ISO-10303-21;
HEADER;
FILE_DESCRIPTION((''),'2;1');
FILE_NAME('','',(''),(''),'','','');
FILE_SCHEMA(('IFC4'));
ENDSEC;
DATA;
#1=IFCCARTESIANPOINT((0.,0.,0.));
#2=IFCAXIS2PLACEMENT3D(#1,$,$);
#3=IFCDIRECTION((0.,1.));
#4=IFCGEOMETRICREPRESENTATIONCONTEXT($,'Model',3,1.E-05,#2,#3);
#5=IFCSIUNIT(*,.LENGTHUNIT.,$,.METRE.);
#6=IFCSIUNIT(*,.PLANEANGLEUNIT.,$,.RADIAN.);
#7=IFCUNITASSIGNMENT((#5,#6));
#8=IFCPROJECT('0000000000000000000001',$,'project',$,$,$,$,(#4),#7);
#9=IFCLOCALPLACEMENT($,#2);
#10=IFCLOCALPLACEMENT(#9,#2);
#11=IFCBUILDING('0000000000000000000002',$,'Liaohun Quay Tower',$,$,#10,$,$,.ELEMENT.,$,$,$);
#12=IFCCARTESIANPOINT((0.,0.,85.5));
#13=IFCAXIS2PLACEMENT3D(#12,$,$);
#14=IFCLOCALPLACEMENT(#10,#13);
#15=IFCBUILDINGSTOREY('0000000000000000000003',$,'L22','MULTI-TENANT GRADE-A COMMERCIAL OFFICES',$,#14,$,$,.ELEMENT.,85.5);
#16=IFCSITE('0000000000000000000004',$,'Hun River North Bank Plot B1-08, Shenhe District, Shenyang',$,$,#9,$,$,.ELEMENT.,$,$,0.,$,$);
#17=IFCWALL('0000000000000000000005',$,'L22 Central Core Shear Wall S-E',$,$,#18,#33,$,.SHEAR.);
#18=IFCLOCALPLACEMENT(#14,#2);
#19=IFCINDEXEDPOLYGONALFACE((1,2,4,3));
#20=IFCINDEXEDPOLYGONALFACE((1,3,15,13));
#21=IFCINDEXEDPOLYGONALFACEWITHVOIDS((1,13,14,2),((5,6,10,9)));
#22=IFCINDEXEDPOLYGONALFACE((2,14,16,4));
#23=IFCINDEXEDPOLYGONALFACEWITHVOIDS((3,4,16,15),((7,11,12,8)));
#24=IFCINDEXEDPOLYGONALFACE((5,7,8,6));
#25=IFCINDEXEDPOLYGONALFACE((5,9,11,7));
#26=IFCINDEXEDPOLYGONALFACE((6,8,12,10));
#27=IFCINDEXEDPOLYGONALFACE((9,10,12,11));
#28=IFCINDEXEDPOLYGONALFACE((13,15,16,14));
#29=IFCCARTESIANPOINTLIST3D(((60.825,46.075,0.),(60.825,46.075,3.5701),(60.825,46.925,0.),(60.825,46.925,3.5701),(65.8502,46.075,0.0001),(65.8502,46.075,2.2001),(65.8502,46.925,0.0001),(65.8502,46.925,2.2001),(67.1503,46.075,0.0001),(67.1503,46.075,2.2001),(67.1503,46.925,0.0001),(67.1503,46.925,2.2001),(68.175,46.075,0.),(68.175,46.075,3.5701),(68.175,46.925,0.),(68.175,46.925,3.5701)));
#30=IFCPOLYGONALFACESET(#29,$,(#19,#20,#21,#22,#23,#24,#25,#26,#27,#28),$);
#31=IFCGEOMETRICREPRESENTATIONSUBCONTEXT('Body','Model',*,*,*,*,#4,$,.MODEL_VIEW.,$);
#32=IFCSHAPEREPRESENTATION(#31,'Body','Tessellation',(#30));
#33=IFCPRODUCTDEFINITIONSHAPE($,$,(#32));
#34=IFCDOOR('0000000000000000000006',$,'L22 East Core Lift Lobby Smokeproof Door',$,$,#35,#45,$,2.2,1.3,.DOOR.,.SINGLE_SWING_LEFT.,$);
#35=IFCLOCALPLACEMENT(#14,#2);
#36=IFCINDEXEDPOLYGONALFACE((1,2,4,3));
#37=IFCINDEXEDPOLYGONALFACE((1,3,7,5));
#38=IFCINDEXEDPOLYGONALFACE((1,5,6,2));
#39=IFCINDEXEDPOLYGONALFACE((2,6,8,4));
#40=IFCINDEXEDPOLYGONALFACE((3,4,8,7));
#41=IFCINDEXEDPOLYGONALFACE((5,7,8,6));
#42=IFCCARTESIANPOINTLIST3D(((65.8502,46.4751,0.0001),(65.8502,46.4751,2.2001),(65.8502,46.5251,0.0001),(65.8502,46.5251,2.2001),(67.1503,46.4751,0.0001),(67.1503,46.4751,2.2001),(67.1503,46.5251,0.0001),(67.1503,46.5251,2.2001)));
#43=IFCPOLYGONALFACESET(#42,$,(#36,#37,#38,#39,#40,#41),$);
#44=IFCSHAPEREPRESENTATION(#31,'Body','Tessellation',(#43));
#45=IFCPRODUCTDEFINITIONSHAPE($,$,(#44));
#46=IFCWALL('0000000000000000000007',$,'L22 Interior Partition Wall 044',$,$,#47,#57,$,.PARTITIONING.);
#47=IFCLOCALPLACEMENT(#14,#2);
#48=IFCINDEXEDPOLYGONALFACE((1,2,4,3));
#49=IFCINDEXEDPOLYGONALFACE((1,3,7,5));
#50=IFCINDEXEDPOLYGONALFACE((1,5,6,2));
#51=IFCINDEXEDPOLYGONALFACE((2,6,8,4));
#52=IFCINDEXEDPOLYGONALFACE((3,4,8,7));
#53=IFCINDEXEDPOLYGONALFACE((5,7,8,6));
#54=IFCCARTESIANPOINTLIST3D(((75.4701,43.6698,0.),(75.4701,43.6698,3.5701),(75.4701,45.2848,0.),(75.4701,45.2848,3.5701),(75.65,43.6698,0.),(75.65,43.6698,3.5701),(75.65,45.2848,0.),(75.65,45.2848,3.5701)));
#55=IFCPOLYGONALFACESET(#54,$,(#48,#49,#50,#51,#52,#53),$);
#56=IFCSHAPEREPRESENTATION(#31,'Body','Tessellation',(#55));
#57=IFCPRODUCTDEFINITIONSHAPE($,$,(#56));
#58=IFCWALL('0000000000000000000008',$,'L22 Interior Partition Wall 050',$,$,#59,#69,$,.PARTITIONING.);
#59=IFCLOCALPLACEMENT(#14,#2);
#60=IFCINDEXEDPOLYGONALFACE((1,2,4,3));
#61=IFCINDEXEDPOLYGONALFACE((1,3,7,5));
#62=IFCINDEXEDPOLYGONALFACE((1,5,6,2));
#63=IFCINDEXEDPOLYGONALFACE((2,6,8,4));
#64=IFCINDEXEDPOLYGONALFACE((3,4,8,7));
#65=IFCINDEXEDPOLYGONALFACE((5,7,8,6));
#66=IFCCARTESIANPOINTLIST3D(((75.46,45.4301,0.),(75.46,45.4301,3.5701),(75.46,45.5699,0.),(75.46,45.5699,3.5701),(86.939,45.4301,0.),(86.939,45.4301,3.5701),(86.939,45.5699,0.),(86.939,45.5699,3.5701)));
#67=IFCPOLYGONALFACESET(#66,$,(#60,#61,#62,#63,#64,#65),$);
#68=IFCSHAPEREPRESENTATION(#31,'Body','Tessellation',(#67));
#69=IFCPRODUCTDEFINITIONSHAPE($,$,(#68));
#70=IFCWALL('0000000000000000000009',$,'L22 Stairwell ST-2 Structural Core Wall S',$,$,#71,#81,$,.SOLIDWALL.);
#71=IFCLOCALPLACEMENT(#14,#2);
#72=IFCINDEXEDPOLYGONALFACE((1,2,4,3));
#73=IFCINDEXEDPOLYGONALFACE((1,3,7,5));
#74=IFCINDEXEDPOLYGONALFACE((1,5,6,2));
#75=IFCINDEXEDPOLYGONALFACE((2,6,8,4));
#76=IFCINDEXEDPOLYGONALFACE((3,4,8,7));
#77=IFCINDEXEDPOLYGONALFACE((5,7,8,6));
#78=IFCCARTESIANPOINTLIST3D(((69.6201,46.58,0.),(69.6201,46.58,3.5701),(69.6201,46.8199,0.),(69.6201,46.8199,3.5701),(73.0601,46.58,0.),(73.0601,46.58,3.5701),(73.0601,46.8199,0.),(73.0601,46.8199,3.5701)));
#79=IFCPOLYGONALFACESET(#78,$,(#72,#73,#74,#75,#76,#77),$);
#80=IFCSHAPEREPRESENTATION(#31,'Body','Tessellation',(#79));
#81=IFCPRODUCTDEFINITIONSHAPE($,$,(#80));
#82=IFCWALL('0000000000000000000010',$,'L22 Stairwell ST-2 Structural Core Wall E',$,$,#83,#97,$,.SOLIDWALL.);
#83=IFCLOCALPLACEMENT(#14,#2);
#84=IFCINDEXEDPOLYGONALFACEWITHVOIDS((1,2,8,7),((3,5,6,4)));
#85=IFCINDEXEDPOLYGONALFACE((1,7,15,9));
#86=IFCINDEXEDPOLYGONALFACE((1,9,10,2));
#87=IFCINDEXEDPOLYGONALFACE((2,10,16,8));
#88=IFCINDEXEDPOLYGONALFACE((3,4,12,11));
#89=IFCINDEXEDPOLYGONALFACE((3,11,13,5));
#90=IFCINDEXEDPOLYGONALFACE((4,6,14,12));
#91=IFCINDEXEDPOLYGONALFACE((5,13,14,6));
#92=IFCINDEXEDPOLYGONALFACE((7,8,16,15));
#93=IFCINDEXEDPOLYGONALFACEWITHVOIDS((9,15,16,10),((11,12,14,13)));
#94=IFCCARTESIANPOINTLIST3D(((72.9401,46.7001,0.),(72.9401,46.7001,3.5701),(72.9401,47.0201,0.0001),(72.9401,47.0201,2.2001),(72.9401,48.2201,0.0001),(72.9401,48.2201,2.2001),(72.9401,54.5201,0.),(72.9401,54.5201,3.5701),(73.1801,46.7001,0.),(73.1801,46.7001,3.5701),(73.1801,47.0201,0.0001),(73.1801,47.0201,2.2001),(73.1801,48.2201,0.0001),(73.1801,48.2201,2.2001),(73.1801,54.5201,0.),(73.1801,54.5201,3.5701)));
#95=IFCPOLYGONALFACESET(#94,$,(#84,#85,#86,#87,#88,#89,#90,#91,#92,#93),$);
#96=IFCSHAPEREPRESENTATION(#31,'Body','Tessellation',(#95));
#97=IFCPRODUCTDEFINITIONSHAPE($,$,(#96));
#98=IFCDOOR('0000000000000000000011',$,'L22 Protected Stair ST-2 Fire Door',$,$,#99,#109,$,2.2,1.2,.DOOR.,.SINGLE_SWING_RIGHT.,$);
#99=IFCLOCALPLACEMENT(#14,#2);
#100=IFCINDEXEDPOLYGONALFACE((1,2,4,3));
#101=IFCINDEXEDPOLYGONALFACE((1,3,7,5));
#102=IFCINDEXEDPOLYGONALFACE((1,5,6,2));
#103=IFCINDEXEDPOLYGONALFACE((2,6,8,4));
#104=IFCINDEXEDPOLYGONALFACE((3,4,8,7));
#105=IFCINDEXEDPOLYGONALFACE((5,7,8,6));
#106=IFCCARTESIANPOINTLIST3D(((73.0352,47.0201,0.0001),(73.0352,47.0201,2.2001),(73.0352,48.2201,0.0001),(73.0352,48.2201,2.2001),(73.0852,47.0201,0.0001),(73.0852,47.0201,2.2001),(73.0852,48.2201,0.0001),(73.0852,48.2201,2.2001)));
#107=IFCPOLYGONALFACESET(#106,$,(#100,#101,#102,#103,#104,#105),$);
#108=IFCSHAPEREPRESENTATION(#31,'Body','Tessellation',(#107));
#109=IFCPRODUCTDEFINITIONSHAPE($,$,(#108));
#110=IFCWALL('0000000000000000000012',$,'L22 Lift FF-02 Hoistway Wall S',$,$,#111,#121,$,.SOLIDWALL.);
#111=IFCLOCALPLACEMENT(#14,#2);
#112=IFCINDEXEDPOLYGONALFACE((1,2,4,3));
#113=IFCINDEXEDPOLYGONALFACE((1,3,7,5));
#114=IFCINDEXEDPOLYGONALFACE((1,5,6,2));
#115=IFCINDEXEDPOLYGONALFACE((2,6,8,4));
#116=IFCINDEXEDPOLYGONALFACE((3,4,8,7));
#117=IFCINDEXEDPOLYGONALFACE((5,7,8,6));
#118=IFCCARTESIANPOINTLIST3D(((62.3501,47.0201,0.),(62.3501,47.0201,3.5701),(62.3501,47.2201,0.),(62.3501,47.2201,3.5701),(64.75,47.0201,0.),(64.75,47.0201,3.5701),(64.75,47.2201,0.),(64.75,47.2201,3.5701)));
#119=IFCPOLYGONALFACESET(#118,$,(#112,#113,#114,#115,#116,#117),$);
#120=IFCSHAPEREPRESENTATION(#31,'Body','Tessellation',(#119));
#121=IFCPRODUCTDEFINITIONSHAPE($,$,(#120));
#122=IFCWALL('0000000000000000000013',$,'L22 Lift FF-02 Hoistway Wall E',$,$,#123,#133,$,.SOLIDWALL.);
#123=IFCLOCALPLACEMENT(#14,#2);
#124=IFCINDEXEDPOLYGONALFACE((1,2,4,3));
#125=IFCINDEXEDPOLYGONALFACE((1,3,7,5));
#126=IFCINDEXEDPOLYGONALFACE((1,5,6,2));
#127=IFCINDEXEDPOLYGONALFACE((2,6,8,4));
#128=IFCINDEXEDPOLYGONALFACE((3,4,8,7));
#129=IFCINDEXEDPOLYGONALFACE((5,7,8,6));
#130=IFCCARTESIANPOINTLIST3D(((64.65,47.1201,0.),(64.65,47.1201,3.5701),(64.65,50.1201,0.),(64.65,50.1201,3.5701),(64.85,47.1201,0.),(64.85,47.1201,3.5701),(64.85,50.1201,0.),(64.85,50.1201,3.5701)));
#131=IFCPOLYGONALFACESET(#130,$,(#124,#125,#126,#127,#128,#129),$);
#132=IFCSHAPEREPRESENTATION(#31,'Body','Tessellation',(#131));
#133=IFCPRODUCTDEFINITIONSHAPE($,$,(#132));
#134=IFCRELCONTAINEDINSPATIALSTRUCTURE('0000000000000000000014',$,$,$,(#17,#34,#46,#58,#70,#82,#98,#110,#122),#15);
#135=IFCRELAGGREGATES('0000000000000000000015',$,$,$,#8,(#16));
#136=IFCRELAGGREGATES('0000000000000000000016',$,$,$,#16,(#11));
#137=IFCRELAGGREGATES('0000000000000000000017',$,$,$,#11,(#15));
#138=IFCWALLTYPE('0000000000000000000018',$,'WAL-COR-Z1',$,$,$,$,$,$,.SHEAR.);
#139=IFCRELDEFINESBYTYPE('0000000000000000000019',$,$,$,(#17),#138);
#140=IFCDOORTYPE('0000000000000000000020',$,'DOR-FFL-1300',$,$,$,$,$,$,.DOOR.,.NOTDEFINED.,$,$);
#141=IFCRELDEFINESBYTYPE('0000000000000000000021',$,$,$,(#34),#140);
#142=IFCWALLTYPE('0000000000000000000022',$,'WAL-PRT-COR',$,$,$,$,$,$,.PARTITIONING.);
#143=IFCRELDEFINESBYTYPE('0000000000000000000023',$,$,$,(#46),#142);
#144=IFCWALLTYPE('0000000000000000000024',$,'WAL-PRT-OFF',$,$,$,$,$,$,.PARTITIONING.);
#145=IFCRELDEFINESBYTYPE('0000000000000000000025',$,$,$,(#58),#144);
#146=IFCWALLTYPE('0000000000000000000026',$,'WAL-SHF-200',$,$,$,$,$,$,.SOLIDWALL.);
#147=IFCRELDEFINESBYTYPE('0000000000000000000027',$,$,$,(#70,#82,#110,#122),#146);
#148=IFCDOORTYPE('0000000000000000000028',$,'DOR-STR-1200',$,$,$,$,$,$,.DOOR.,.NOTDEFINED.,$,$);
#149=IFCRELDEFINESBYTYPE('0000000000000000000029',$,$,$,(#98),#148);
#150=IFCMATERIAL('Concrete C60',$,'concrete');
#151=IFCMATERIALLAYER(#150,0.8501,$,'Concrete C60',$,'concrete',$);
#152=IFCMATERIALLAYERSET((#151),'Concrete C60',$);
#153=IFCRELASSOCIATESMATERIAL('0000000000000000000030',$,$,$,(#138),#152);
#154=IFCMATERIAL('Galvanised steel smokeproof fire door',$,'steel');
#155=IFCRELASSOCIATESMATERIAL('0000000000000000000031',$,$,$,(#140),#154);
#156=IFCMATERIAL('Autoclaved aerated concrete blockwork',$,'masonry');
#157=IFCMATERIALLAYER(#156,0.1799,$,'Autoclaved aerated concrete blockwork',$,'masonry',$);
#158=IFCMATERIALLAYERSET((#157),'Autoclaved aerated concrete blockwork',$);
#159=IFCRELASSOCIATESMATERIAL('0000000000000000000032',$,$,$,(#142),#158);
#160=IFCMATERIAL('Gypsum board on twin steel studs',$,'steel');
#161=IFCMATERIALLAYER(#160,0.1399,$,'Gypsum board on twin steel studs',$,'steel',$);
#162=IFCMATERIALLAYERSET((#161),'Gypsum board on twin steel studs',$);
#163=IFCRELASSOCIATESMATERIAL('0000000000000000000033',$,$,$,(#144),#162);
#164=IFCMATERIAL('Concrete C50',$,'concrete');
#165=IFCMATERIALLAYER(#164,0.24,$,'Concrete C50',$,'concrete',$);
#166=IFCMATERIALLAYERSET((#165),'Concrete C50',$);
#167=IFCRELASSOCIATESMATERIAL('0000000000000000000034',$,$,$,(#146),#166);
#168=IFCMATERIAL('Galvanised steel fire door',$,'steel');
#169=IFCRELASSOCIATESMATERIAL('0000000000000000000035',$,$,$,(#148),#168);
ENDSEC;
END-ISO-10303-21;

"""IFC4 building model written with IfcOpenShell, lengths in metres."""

from ifc_helpers import new_model, si_unit, direction, frame, frame_2d, origin, place, context, subcontext, project, spatial, rectangle, extrude, source, transform, mapped, material, layer, layer_set, type_object, element, fill, save


model = new_model("IFC4")

# Units and contexts
model_context = context("Model", 3, precision=1e-05, world=origin(), true_north=direction((0.0, 1.0)))
body_context = subcontext(model_context, "Body", "Model", "MODEL_VIEW")
ifc_project = project(units=[si_unit("LENGTHUNIT", "METRE"), si_unit("PLANEANGLEUNIT", "RADIAN")], contexts=[model_context])

# Site, building, storey
site_placement = place(None, origin())
site = spatial("IfcSite", under=ifc_project, at=site_placement, Name="Hun River North Bank Plot B1-08, Shenhe District, Shenyang", CompositionType="ELEMENT", RefElevation=0.0)
building_placement = place(site_placement, origin())
building = spatial("IfcBuilding", under=site, at=building_placement, Name="Liaohun Quay Tower", CompositionType="ELEMENT")
storey_placement = place(building_placement, frame((0.0, 0.0, 85.5)))
storey = spatial("IfcBuildingStorey", under=building, at=storey_placement, Name="L22", Description="MULTI-TENANT GRADE-A COMMERCIAL OFFICES", CompositionType="ELEMENT", Elevation=85.5)

# Shared definitions
ifc_material_1 = material(Name="Concrete C60", Category="concrete")

# Wall, opening, door
ifc_layer_1 = layer(ifc_material_1, 0.8501, Name="Concrete C60", Category="concrete")
ifc_layer_set_1 = layer_set([ifc_layer_1], Name="Concrete C60")
wall_type_1 = type_object("IfcWallType", Name="WAL-COR-Z1", PredefinedType="SHEAR", material=ifc_layer_set_1)
wall_1_placement = place(storey_placement, frame((68.175, 46.5, 0.0), z_axis=(0.0, 0.0, 1.0), x_axis=(-1.0, 0.0, 0.0)))
wall_1 = element("IfcWall", 1, at=wall_1_placement, inside=storey, type_object=wall_type_1, Name="L22 Central Core Shear Wall S-E", PredefinedType="SHEAR", context=body_context, shape_type="SweptSolid", body=[
    extrude(rectangle(XDim=7.3501, YDim=0.8501, at=frame_2d((3.675, 0.0))), origin(), (0.0, 0.0, 1.0), 3.5701),
])
shared_shape_1 = source(origin(), body_context, "Body", "SweptSolid", [
    extrude(rectangle(XDim=1.3, YDim=2.2, at=frame_2d((0.6499, 1.1001))), frame((0.0, 0.4351, 0.0), z_axis=(0.0, -1.0, 0.0), x_axis=(1.0, 0.0, 0.0)), (0.0, 0.0, 1.0), 0.8701),
])
opening_1_placement = place(wall_1_placement, frame((1.0249, 0.0, 0.0)))
opening_1 = element("IfcOpeningElement", 2, at=opening_1_placement, cuts=wall_1, PredefinedType="OPENING", context=body_context, shape_type="MappedRepresentation", body=[
    mapped(shared_shape_1, transform((0.0, 0.0, 0.0), x_axis=(1.0, 0.0, 0.0), y_axis=(0.0, 1.0, 0.0), z_axis=(0.0, 0.0, 1.0), scale=1.0)),
])
ifc_material_2 = material(Name="Galvanised steel smokeproof fire door", Category="steel")
door_type_1 = type_object("IfcDoorType", Name="DOR-FFL-1300", OperationType="NOTDEFINED", PredefinedType="DOOR", material=ifc_material_2)
shared_shape_2 = source(origin(), body_context, "Body", "SweptSolid", [
    extrude(rectangle(XDim=1.3, YDim=2.2, at=frame_2d((0.6499, 1.1001))), frame((0.0, 0.0249, 0.0), z_axis=(0.0, -1.0, 0.0), x_axis=(1.0, 0.0, 0.0)), (0.0, 0.0, 1.0), 0.05),
])
door_1_placement = place(opening_1_placement, origin())
door_1 = element("IfcDoor", 3, at=door_1_placement, inside=storey, type_object=door_type_1, Name="L22 East Core Lift Lobby Smokeproof Door", OperationType="SINGLE_SWING_LEFT", OverallHeight=2.2, OverallWidth=1.3, PredefinedType="DOOR", context=body_context, shape_type="MappedRepresentation", body=[
    mapped(shared_shape_2, transform((0.0, 0.0, 0.0), x_axis=(1.0, 0.0, 0.0), y_axis=(0.0, 1.0, 0.0), z_axis=(0.0, 0.0, 1.0), scale=1.0)),
])
fill(opening_1, door_1)

# Walls
ifc_material_3 = material(Name="Autoclaved aerated concrete blockwork", Category="masonry")
ifc_layer_2 = layer(ifc_material_3, 0.1799, Name="Autoclaved aerated concrete blockwork", Category="masonry")
ifc_layer_set_2 = layer_set([ifc_layer_2], Name="Autoclaved aerated concrete blockwork")
wall_type_2 = type_object("IfcWallType", Name="WAL-PRT-COR", PredefinedType="PARTITIONING", material=ifc_layer_set_2)
wall_2_placement = place(storey_placement, frame((75.5601, 45.2849, 0.0), z_axis=(0.0, 0.0, 1.0), x_axis=(0.0, -1.0, 0.0)))
element("IfcWall", 4, at=wall_2_placement, inside=storey, type_object=wall_type_2, Name="L22 Interior Partition Wall 044", PredefinedType="PARTITIONING", context=body_context, shape_type="SweptSolid", body=[
    extrude(rectangle(XDim=1.615, YDim=0.1799, at=frame_2d((0.8076, 0.0))), origin(), (0.0, 0.0, 1.0), 3.5701),
])
ifc_material_4 = material(Name="Gypsum board on twin steel studs", Category="steel")
ifc_layer_3 = layer(ifc_material_4, 0.1399, Name="Gypsum board on twin steel studs", Category="steel")
ifc_layer_set_3 = layer_set([ifc_layer_3], Name="Gypsum board on twin steel studs")
wall_type_3 = type_object("IfcWallType", Name="WAL-PRT-OFF", PredefinedType="PARTITIONING", material=ifc_layer_set_3)
wall_3_placement = place(storey_placement, frame((75.46, 45.5, 0.0), z_axis=(0.0, 0.0, 1.0), x_axis=(1.0, 0.0, 0.0)))
element("IfcWall", 5, at=wall_3_placement, inside=storey, type_object=wall_type_3, Name="L22 Interior Partition Wall 050", PredefinedType="PARTITIONING", context=body_context, shape_type="SweptSolid", body=[
    extrude(rectangle(XDim=11.479, YDim=0.1399, at=frame_2d((5.7395, 0.0))), origin(), (0.0, 0.0, 1.0), 3.5701),
])
ifc_material_5 = material(Name="Concrete C50", Category="concrete")
ifc_layer_4 = layer(ifc_material_5, 0.24, Name="Concrete C50", Category="concrete")
ifc_layer_set_4 = layer_set([ifc_layer_4], Name="Concrete C50")
wall_type_4 = type_object("IfcWallType", Name="WAL-SHF-200", PredefinedType="SOLIDWALL", material=ifc_layer_set_4)
wall_4_placement = place(storey_placement, frame((69.6201, 46.7, 0.0), z_axis=(0.0, 0.0, 1.0), x_axis=(1.0, 0.0, 0.0)))
element("IfcWall", 6, at=wall_4_placement, inside=storey, type_object=wall_type_4, Name="L22 Stairwell ST-2 Structural Core Wall S", PredefinedType="SOLIDWALL", context=body_context, shape_type="SweptSolid", body=[
    extrude(rectangle(XDim=3.4399, YDim=0.24, at=frame_2d((1.72, 0.0))), origin(), (0.0, 0.0, 1.0), 3.5701),
])

# Wall, opening, door
wall_5_placement = place(storey_placement, frame((73.0601, 46.7, 0.0), z_axis=(0.0, 0.0, 1.0), x_axis=(0.0, 1.0, 0.0)))
wall_5 = element("IfcWall", 7, at=wall_5_placement, inside=storey, type_object=wall_type_4, Name="L22 Stairwell ST-2 Structural Core Wall E", PredefinedType="SOLIDWALL", context=body_context, shape_type="SweptSolid", body=[
    extrude(rectangle(XDim=7.8201, YDim=0.24, at=frame_2d((3.9102, 0.0))), origin(), (0.0, 0.0, 1.0), 3.5701),
])
shared_shape_3 = source(origin(), body_context, "Body", "SweptSolid", [
    extrude(rectangle(XDim=1.2, YDim=2.2, at=frame_2d((0.6001, 1.1001))), frame((0.0, 0.1299, 0.0), z_axis=(0.0, -1.0, 0.0), x_axis=(1.0, 0.0, 0.0)), (0.0, 0.0, 1.0), 0.26),
])
opening_2_placement = place(wall_5_placement, frame((0.3201, 0.0, 0.0)))
opening_2 = element("IfcOpeningElement", 8, at=opening_2_placement, cuts=wall_5, PredefinedType="OPENING", context=body_context, shape_type="MappedRepresentation", body=[
    mapped(shared_shape_3, transform((0.0, 0.0, 0.0), x_axis=(1.0, 0.0, 0.0), y_axis=(0.0, 1.0, 0.0), z_axis=(0.0, 0.0, 1.0), scale=1.0)),
])
ifc_material_6 = material(Name="Galvanised steel fire door", Category="steel")
door_type_2 = type_object("IfcDoorType", Name="DOR-STR-1200", OperationType="NOTDEFINED", PredefinedType="DOOR", material=ifc_material_6)
shared_shape_4 = source(origin(), body_context, "Body", "SweptSolid", [
    extrude(rectangle(XDim=1.2, YDim=2.2, at=frame_2d((0.6001, 1.1001))), frame((0.0, 0.0249, 0.0), z_axis=(0.0, -1.0, 0.0), x_axis=(1.0, 0.0, 0.0)), (0.0, 0.0, 1.0), 0.05),
])
door_2_placement = place(opening_2_placement, origin())
door_2 = element("IfcDoor", 9, at=door_2_placement, inside=storey, type_object=door_type_2, Name="L22 Protected Stair ST-2 Fire Door", OperationType="SINGLE_SWING_RIGHT", OverallHeight=2.2, OverallWidth=1.2, PredefinedType="DOOR", context=body_context, shape_type="MappedRepresentation", body=[
    mapped(shared_shape_4, transform((0.0, 0.0, 0.0), x_axis=(1.0, 0.0, 0.0), y_axis=(0.0, 1.0, 0.0), z_axis=(0.0, 0.0, 1.0), scale=1.0)),
])
fill(opening_2, door_2)

# Walls
wall_6_placement = place(storey_placement, frame((62.3501, 47.1201, 0.0), z_axis=(0.0, 0.0, 1.0), x_axis=(1.0, 0.0, 0.0)))
element("IfcWall", 10, at=wall_6_placement, inside=storey, type_object=wall_type_4, Name="L22 Lift FF-02 Hoistway Wall S", PredefinedType="SOLIDWALL", context=body_context, shape_type="SweptSolid", body=[
    extrude(rectangle(XDim=2.3999, YDim=0.2, at=frame_2d((1.2, 0.0))), origin(), (0.0, 0.0, 1.0), 3.5701),
])
wall_7_placement = place(storey_placement, frame((64.75, 47.1201, 0.0), z_axis=(0.0, 0.0, 1.0), x_axis=(0.0, 1.0, 0.0)))
element("IfcWall", 11, at=wall_7_placement, inside=storey, type_object=wall_type_4, Name="L22 Lift FF-02 Hoistway Wall E", PredefinedType="SOLIDWALL", context=body_context, shape_type="SweptSolid", body=[
    extrude(rectangle(XDim=3.0, YDim=0.2, at=frame_2d((1.5, 0.0))), origin(), (0.0, 0.0, 1.0), 3.5701),
])

save(model, "model.ifc")
